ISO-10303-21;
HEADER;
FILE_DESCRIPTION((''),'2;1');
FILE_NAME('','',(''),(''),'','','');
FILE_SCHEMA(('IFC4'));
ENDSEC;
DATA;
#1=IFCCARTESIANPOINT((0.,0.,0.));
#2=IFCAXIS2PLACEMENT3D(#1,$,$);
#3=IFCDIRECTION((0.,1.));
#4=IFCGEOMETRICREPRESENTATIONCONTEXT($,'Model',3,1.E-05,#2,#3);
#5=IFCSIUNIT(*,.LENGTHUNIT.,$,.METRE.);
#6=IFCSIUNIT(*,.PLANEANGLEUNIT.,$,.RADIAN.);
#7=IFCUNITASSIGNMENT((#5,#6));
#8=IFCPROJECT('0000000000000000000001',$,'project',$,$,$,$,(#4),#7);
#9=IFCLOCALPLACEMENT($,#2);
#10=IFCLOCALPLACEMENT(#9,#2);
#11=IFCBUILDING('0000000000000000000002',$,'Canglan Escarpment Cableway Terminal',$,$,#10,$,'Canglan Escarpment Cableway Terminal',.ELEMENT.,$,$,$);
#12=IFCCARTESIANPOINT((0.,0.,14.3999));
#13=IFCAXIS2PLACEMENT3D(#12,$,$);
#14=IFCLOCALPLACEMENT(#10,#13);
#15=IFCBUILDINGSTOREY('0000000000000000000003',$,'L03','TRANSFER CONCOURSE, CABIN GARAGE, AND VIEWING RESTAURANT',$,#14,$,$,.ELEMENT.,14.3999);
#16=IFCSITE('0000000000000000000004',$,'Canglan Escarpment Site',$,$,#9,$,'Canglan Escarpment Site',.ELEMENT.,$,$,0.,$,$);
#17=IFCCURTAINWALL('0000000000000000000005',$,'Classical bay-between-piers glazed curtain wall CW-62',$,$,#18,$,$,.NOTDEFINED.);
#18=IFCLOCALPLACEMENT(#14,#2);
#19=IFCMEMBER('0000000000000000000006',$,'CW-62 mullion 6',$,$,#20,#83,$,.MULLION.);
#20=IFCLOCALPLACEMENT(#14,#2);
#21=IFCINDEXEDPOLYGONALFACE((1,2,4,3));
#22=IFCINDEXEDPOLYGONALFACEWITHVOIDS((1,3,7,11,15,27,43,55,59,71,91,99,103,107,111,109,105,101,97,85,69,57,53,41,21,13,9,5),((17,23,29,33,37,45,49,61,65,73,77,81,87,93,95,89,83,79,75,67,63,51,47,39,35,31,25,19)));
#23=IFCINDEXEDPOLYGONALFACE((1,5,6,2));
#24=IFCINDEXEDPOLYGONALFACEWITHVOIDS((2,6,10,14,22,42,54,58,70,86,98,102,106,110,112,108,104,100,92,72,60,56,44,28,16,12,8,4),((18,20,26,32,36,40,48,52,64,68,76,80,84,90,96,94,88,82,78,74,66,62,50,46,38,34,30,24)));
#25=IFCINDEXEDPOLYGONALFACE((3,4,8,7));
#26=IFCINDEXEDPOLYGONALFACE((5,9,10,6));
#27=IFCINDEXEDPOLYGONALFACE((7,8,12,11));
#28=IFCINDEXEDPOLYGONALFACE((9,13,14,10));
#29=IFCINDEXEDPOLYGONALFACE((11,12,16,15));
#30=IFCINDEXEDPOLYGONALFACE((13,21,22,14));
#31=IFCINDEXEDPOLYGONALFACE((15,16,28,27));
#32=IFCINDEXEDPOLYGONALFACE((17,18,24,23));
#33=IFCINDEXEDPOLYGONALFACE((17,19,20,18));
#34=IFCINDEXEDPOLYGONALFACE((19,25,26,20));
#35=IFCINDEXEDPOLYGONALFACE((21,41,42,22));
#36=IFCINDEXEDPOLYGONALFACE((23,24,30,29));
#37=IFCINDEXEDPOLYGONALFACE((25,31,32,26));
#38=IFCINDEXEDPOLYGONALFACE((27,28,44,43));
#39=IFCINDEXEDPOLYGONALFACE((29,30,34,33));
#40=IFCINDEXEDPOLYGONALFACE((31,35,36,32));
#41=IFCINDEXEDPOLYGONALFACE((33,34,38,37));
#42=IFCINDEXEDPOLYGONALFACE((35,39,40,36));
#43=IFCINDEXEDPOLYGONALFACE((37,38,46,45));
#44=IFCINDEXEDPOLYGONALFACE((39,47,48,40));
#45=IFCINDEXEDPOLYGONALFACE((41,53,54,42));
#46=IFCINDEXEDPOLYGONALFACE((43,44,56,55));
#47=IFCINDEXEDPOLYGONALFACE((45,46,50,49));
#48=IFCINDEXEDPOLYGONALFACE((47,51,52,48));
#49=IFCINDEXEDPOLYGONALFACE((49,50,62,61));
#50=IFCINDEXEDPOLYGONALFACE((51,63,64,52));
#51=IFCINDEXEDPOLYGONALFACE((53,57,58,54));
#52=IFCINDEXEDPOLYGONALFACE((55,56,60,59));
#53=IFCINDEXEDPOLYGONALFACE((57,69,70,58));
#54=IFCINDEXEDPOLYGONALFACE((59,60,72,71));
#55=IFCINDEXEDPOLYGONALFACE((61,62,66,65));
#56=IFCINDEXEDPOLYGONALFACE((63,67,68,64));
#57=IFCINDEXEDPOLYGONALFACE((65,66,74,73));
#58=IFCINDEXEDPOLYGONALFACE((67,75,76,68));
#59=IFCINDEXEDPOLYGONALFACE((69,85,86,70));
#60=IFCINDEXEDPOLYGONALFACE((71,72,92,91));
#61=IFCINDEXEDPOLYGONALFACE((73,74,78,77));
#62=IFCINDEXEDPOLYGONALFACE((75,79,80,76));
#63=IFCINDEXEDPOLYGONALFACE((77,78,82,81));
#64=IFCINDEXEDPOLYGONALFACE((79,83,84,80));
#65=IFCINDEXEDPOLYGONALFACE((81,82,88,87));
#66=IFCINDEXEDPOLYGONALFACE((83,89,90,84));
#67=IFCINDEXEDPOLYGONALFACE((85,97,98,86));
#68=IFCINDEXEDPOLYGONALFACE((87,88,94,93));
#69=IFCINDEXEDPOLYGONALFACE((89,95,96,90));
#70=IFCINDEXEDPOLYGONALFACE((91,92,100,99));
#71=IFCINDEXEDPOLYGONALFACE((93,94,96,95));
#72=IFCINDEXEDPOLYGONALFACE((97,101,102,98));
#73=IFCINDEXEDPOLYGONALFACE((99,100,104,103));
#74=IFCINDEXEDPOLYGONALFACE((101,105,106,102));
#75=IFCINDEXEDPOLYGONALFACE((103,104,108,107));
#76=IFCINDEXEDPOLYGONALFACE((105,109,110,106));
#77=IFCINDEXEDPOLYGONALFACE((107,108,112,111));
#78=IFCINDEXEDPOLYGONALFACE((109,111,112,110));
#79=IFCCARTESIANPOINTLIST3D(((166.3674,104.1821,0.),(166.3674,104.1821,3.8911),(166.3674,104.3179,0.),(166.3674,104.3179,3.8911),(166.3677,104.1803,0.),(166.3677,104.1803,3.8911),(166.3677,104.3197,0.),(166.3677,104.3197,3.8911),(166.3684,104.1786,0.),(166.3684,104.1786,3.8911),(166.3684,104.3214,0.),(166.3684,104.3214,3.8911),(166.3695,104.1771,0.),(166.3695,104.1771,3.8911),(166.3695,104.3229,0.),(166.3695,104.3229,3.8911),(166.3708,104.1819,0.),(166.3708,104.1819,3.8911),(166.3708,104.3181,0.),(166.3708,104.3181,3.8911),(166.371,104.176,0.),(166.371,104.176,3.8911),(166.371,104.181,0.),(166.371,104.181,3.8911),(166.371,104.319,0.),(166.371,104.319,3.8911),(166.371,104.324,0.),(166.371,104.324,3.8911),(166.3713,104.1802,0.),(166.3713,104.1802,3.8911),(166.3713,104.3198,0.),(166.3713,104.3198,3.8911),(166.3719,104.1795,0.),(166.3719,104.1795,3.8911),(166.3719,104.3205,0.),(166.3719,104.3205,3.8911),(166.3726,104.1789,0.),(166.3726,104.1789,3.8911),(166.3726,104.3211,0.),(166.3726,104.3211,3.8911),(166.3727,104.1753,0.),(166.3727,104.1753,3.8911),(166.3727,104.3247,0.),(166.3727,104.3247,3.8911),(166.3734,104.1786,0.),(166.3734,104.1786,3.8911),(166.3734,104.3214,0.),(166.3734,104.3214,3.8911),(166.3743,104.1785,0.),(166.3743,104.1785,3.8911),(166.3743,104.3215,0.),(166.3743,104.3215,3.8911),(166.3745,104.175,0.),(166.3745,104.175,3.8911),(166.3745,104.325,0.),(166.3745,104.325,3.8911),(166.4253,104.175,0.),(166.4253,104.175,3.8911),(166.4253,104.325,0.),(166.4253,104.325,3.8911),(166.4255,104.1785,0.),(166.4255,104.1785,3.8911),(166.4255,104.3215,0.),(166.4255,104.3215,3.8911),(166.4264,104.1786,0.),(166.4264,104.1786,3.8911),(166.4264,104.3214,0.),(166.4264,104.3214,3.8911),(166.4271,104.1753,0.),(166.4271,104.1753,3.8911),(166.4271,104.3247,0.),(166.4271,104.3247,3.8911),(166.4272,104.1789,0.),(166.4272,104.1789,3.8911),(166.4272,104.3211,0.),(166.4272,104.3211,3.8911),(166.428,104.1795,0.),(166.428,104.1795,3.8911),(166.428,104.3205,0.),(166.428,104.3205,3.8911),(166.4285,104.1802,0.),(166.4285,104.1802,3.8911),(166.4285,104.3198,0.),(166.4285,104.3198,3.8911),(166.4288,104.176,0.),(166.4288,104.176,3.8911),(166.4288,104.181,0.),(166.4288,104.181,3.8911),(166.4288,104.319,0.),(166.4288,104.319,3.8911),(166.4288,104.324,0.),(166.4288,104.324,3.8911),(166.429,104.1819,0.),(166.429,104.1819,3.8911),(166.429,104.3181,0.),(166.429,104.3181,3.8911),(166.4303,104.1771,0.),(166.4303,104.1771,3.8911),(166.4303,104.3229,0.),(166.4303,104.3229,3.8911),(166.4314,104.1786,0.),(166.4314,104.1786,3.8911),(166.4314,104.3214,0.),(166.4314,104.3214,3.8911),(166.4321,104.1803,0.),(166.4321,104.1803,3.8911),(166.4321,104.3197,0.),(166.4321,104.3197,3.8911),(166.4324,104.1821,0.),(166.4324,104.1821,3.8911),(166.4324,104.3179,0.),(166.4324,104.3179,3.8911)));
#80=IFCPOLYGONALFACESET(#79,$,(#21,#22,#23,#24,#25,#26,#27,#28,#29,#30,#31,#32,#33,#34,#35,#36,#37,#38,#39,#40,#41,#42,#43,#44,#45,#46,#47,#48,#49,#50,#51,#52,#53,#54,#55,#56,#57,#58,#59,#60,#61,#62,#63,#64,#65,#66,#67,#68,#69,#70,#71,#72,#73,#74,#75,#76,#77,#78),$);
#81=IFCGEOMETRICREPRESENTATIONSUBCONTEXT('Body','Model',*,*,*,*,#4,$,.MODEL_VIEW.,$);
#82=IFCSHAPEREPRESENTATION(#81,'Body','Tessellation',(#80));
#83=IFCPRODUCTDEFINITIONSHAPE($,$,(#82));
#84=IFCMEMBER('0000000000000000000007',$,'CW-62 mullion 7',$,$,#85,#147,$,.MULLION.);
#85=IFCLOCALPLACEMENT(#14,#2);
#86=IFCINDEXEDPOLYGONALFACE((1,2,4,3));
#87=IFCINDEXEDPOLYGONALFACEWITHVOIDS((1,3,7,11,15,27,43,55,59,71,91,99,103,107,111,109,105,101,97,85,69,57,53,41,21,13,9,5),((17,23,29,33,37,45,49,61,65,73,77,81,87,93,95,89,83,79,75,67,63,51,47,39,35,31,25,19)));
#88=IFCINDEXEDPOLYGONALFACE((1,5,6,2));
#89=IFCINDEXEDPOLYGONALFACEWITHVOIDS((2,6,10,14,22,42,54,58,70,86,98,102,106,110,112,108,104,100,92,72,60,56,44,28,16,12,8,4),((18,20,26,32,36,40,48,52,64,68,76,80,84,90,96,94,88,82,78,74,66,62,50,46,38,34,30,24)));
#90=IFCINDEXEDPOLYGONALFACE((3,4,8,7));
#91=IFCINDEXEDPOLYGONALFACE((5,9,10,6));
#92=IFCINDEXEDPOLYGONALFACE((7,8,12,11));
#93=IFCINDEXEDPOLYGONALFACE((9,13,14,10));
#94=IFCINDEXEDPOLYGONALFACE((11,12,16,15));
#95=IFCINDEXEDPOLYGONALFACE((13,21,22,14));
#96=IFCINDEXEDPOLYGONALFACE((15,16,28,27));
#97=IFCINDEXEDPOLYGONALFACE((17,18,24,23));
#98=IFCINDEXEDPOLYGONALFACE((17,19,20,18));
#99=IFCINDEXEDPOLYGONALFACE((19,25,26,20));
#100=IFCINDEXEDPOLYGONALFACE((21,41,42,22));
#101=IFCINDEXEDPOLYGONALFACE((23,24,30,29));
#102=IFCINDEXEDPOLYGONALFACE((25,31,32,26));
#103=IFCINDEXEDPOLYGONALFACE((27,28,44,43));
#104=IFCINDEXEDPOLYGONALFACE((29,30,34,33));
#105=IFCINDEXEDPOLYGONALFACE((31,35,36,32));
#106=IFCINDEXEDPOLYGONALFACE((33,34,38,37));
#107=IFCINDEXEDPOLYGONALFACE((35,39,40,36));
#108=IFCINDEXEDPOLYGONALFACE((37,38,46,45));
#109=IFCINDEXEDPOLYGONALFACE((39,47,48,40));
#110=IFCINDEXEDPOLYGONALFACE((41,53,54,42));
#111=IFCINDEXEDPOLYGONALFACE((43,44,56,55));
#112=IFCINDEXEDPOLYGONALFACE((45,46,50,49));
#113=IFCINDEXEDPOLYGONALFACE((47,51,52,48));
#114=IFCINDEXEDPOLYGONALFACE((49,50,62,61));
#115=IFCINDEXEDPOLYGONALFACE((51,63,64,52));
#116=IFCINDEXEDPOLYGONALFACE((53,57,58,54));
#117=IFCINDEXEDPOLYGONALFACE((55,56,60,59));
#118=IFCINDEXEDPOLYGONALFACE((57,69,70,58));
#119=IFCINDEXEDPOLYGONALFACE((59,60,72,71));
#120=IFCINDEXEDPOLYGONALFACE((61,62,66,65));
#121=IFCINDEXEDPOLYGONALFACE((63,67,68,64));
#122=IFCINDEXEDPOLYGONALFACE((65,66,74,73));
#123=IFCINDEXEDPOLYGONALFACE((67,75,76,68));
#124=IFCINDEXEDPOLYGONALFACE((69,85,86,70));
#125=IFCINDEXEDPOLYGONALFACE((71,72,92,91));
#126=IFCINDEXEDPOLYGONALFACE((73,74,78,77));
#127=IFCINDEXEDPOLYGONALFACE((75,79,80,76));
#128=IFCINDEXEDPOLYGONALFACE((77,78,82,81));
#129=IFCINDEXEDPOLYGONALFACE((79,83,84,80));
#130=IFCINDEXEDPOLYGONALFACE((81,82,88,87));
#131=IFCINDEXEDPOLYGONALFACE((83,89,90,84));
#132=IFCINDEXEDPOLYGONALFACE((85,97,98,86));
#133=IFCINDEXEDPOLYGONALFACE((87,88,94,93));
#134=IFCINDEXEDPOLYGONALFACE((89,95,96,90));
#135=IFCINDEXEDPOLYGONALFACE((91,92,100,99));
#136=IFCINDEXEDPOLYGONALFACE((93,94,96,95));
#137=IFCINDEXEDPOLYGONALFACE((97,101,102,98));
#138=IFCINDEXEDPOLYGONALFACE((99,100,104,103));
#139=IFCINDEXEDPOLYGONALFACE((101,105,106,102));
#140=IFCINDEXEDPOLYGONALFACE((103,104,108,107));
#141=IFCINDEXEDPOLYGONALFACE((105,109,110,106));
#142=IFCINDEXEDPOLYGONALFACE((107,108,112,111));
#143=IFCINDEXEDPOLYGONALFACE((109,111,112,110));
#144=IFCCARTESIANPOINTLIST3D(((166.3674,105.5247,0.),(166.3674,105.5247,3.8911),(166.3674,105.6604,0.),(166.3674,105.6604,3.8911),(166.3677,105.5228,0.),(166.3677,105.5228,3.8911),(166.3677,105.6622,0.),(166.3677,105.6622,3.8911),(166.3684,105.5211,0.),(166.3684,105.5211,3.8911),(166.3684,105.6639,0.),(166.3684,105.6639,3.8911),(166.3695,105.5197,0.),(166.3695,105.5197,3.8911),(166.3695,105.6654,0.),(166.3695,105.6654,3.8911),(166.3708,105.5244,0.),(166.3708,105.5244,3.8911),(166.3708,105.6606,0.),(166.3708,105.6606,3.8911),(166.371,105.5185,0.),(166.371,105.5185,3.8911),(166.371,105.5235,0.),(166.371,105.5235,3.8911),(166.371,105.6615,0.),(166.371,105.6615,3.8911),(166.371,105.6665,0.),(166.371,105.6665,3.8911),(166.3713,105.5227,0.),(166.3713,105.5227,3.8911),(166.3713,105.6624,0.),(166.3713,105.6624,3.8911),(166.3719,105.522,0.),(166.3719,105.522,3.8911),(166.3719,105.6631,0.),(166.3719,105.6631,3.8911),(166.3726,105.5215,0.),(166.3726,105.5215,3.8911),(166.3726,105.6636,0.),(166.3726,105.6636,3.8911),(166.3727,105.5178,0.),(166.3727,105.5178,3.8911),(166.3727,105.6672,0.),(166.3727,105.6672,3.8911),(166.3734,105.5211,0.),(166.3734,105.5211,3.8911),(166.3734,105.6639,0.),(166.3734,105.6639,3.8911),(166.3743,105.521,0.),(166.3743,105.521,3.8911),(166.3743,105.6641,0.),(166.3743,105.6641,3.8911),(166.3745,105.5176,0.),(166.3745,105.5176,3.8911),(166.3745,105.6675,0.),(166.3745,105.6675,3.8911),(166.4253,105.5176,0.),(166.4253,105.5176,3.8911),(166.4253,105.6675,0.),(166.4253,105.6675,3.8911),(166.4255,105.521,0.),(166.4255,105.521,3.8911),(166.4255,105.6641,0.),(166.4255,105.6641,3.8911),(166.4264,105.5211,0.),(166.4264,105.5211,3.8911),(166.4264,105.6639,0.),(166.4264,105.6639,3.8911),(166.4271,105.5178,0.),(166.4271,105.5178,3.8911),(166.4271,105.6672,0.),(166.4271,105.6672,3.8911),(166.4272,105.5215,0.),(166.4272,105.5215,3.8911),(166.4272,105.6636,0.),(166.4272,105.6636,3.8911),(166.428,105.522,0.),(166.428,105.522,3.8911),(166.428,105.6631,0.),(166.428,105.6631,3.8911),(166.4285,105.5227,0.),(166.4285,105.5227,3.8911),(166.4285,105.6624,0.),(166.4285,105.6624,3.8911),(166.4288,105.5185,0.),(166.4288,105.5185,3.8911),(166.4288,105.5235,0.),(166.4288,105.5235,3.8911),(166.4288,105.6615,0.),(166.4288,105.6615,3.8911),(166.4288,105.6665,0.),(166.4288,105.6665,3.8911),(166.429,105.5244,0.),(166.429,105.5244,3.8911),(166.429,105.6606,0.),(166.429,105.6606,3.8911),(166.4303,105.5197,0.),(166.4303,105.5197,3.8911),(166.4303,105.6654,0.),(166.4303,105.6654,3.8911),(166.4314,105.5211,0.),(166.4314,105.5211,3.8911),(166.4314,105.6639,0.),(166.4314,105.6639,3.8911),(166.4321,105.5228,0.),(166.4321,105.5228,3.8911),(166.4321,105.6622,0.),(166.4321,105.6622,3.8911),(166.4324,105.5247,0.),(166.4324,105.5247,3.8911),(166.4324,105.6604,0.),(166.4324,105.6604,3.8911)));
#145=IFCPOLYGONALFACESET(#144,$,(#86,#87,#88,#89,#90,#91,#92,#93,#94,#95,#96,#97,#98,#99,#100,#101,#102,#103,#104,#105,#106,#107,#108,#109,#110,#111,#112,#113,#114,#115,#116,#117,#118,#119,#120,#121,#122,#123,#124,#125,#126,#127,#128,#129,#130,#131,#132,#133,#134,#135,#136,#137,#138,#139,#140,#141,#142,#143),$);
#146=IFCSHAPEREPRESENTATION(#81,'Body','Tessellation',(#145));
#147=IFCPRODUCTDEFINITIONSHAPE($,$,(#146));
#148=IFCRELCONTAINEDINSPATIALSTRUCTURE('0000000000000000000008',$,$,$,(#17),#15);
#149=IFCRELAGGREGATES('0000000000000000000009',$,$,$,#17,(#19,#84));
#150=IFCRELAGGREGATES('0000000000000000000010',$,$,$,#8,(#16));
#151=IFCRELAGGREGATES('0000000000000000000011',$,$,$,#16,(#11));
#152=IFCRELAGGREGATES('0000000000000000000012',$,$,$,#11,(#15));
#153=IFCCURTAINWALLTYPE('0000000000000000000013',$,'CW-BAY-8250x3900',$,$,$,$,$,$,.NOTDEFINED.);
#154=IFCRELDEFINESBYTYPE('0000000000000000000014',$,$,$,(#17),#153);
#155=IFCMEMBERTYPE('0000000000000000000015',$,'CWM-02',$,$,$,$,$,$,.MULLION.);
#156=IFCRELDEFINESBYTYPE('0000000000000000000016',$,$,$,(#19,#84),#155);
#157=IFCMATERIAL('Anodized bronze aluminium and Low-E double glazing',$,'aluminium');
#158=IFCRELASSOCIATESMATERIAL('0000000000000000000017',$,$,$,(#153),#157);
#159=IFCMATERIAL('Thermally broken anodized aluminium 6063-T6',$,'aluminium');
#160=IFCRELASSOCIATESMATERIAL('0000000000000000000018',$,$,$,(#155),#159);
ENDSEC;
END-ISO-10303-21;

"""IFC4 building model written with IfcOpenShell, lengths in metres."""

from ifc_helpers import new_model, si_unit, direction, frame, origin, origin_2d, place, context, subcontext, project, spatial, hollow_rectangle, extrude, material, material_profile, profile_set, type_object, element, aggregate, save


model = new_model("IFC4")

# Units and contexts
model_context = context("Model", 3, precision=1e-05, world=origin(), true_north=direction((0.0, 1.0)))
body_context = subcontext(model_context, "Body", "Model", "MODEL_VIEW")
ifc_project = project(units=[si_unit("LENGTHUNIT", "METRE"), si_unit("PLANEANGLEUNIT", "RADIAN")], contexts=[model_context])

# Site, building, storey
site_placement = place(None, origin())
site = spatial("IfcSite", under=ifc_project, at=site_placement, Name="Canglan Escarpment Site", LongName="Canglan Escarpment Site", CompositionType="ELEMENT", RefElevation=0.0)
building_placement = place(site_placement, origin())
building = spatial("IfcBuilding", under=site, at=building_placement, Name="Canglan Escarpment Cableway Terminal", LongName="Canglan Escarpment Cableway Terminal", CompositionType="ELEMENT")
storey_placement = place(building_placement, frame((0.0, 0.0, 14.3999)))
storey = spatial("IfcBuildingStorey", under=building, at=storey_placement, Name="L03", Description="TRANSFER CONCOURSE, CABIN GARAGE, AND VIEWING RESTAURANT", CompositionType="ELEMENT", Elevation=14.3999)

# Curtain wall, members
ifc_material_1 = material(Name="Anodized bronze aluminium and Low-E double glazing", Category="aluminium")
curtain_wall_type = type_object("IfcCurtainWallType", Name="CW-BAY-8250x3900", PredefinedType="NOTDEFINED", material=ifc_material_1)
curtain_wall_placement = place(storey_placement, origin())
curtain_wall = element("IfcCurtainWall", 1, at=curtain_wall_placement, inside=storey, type_object=curtain_wall_type, Name="Classical bay-between-piers glazed curtain wall CW-62", PredefinedType="NOTDEFINED")
ifc_material_2 = material(Name="Thermally broken anodized aluminium 6063-T6", Category="aluminium")
ifc_material_profile_1 = material_profile(ifc_material_2, hollow_rectangle(XDim=0.0649, YDim=0.1499, WallThickness=0.0034, InnerFilletRadius=0.0034, OuterFilletRadius=0.0071, at=origin_2d()), Name="ALU-MULL 65x150x3.5")
ifc_profile_set_1 = profile_set([ifc_material_profile_1], Name="Thermally broken anodized aluminium 6063-T6")
member_type_1 = type_object("IfcMemberType", Name="CWM-02", PredefinedType="MULLION", material=ifc_profile_set_1)
member_1_placement = place(storey_placement, frame((166.3999, 104.25, 0.0), z_axis=(0.0, 0.0, 1.0), x_axis=(-1.0, 0.0, 0.0)))
member_1 = element("IfcMember", 2, at=member_1_placement, type_object=member_type_1, Name="CW-62 mullion 6", PredefinedType="MULLION", context=body_context, shape_type="SweptSolid", body=[
    extrude(hollow_rectangle(XDim=0.0649, YDim=0.1499, WallThickness=0.0034, InnerFilletRadius=0.0034, OuterFilletRadius=0.0071, at=origin_2d()), origin(), (0.0, 0.0, 1.0), 3.8911),
])
member_2_placement = place(storey_placement, frame((166.3999, 105.5925, 0.0), z_axis=(0.0, 0.0, 1.0), x_axis=(-1.0, 0.0, 0.0)))
member_2 = element("IfcMember", 3, at=member_2_placement, type_object=member_type_1, Name="CW-62 mullion 7", PredefinedType="MULLION", context=body_context, shape_type="SweptSolid", body=[
    extrude(hollow_rectangle(XDim=0.0649, YDim=0.1499, WallThickness=0.0034, InnerFilletRadius=0.0034, OuterFilletRadius=0.0071, at=origin_2d()), origin(), (0.0, 0.0, 1.0), 3.8911),
])
aggregate(curtain_wall, [member_1, member_2])

save(model, "model.ifc")
